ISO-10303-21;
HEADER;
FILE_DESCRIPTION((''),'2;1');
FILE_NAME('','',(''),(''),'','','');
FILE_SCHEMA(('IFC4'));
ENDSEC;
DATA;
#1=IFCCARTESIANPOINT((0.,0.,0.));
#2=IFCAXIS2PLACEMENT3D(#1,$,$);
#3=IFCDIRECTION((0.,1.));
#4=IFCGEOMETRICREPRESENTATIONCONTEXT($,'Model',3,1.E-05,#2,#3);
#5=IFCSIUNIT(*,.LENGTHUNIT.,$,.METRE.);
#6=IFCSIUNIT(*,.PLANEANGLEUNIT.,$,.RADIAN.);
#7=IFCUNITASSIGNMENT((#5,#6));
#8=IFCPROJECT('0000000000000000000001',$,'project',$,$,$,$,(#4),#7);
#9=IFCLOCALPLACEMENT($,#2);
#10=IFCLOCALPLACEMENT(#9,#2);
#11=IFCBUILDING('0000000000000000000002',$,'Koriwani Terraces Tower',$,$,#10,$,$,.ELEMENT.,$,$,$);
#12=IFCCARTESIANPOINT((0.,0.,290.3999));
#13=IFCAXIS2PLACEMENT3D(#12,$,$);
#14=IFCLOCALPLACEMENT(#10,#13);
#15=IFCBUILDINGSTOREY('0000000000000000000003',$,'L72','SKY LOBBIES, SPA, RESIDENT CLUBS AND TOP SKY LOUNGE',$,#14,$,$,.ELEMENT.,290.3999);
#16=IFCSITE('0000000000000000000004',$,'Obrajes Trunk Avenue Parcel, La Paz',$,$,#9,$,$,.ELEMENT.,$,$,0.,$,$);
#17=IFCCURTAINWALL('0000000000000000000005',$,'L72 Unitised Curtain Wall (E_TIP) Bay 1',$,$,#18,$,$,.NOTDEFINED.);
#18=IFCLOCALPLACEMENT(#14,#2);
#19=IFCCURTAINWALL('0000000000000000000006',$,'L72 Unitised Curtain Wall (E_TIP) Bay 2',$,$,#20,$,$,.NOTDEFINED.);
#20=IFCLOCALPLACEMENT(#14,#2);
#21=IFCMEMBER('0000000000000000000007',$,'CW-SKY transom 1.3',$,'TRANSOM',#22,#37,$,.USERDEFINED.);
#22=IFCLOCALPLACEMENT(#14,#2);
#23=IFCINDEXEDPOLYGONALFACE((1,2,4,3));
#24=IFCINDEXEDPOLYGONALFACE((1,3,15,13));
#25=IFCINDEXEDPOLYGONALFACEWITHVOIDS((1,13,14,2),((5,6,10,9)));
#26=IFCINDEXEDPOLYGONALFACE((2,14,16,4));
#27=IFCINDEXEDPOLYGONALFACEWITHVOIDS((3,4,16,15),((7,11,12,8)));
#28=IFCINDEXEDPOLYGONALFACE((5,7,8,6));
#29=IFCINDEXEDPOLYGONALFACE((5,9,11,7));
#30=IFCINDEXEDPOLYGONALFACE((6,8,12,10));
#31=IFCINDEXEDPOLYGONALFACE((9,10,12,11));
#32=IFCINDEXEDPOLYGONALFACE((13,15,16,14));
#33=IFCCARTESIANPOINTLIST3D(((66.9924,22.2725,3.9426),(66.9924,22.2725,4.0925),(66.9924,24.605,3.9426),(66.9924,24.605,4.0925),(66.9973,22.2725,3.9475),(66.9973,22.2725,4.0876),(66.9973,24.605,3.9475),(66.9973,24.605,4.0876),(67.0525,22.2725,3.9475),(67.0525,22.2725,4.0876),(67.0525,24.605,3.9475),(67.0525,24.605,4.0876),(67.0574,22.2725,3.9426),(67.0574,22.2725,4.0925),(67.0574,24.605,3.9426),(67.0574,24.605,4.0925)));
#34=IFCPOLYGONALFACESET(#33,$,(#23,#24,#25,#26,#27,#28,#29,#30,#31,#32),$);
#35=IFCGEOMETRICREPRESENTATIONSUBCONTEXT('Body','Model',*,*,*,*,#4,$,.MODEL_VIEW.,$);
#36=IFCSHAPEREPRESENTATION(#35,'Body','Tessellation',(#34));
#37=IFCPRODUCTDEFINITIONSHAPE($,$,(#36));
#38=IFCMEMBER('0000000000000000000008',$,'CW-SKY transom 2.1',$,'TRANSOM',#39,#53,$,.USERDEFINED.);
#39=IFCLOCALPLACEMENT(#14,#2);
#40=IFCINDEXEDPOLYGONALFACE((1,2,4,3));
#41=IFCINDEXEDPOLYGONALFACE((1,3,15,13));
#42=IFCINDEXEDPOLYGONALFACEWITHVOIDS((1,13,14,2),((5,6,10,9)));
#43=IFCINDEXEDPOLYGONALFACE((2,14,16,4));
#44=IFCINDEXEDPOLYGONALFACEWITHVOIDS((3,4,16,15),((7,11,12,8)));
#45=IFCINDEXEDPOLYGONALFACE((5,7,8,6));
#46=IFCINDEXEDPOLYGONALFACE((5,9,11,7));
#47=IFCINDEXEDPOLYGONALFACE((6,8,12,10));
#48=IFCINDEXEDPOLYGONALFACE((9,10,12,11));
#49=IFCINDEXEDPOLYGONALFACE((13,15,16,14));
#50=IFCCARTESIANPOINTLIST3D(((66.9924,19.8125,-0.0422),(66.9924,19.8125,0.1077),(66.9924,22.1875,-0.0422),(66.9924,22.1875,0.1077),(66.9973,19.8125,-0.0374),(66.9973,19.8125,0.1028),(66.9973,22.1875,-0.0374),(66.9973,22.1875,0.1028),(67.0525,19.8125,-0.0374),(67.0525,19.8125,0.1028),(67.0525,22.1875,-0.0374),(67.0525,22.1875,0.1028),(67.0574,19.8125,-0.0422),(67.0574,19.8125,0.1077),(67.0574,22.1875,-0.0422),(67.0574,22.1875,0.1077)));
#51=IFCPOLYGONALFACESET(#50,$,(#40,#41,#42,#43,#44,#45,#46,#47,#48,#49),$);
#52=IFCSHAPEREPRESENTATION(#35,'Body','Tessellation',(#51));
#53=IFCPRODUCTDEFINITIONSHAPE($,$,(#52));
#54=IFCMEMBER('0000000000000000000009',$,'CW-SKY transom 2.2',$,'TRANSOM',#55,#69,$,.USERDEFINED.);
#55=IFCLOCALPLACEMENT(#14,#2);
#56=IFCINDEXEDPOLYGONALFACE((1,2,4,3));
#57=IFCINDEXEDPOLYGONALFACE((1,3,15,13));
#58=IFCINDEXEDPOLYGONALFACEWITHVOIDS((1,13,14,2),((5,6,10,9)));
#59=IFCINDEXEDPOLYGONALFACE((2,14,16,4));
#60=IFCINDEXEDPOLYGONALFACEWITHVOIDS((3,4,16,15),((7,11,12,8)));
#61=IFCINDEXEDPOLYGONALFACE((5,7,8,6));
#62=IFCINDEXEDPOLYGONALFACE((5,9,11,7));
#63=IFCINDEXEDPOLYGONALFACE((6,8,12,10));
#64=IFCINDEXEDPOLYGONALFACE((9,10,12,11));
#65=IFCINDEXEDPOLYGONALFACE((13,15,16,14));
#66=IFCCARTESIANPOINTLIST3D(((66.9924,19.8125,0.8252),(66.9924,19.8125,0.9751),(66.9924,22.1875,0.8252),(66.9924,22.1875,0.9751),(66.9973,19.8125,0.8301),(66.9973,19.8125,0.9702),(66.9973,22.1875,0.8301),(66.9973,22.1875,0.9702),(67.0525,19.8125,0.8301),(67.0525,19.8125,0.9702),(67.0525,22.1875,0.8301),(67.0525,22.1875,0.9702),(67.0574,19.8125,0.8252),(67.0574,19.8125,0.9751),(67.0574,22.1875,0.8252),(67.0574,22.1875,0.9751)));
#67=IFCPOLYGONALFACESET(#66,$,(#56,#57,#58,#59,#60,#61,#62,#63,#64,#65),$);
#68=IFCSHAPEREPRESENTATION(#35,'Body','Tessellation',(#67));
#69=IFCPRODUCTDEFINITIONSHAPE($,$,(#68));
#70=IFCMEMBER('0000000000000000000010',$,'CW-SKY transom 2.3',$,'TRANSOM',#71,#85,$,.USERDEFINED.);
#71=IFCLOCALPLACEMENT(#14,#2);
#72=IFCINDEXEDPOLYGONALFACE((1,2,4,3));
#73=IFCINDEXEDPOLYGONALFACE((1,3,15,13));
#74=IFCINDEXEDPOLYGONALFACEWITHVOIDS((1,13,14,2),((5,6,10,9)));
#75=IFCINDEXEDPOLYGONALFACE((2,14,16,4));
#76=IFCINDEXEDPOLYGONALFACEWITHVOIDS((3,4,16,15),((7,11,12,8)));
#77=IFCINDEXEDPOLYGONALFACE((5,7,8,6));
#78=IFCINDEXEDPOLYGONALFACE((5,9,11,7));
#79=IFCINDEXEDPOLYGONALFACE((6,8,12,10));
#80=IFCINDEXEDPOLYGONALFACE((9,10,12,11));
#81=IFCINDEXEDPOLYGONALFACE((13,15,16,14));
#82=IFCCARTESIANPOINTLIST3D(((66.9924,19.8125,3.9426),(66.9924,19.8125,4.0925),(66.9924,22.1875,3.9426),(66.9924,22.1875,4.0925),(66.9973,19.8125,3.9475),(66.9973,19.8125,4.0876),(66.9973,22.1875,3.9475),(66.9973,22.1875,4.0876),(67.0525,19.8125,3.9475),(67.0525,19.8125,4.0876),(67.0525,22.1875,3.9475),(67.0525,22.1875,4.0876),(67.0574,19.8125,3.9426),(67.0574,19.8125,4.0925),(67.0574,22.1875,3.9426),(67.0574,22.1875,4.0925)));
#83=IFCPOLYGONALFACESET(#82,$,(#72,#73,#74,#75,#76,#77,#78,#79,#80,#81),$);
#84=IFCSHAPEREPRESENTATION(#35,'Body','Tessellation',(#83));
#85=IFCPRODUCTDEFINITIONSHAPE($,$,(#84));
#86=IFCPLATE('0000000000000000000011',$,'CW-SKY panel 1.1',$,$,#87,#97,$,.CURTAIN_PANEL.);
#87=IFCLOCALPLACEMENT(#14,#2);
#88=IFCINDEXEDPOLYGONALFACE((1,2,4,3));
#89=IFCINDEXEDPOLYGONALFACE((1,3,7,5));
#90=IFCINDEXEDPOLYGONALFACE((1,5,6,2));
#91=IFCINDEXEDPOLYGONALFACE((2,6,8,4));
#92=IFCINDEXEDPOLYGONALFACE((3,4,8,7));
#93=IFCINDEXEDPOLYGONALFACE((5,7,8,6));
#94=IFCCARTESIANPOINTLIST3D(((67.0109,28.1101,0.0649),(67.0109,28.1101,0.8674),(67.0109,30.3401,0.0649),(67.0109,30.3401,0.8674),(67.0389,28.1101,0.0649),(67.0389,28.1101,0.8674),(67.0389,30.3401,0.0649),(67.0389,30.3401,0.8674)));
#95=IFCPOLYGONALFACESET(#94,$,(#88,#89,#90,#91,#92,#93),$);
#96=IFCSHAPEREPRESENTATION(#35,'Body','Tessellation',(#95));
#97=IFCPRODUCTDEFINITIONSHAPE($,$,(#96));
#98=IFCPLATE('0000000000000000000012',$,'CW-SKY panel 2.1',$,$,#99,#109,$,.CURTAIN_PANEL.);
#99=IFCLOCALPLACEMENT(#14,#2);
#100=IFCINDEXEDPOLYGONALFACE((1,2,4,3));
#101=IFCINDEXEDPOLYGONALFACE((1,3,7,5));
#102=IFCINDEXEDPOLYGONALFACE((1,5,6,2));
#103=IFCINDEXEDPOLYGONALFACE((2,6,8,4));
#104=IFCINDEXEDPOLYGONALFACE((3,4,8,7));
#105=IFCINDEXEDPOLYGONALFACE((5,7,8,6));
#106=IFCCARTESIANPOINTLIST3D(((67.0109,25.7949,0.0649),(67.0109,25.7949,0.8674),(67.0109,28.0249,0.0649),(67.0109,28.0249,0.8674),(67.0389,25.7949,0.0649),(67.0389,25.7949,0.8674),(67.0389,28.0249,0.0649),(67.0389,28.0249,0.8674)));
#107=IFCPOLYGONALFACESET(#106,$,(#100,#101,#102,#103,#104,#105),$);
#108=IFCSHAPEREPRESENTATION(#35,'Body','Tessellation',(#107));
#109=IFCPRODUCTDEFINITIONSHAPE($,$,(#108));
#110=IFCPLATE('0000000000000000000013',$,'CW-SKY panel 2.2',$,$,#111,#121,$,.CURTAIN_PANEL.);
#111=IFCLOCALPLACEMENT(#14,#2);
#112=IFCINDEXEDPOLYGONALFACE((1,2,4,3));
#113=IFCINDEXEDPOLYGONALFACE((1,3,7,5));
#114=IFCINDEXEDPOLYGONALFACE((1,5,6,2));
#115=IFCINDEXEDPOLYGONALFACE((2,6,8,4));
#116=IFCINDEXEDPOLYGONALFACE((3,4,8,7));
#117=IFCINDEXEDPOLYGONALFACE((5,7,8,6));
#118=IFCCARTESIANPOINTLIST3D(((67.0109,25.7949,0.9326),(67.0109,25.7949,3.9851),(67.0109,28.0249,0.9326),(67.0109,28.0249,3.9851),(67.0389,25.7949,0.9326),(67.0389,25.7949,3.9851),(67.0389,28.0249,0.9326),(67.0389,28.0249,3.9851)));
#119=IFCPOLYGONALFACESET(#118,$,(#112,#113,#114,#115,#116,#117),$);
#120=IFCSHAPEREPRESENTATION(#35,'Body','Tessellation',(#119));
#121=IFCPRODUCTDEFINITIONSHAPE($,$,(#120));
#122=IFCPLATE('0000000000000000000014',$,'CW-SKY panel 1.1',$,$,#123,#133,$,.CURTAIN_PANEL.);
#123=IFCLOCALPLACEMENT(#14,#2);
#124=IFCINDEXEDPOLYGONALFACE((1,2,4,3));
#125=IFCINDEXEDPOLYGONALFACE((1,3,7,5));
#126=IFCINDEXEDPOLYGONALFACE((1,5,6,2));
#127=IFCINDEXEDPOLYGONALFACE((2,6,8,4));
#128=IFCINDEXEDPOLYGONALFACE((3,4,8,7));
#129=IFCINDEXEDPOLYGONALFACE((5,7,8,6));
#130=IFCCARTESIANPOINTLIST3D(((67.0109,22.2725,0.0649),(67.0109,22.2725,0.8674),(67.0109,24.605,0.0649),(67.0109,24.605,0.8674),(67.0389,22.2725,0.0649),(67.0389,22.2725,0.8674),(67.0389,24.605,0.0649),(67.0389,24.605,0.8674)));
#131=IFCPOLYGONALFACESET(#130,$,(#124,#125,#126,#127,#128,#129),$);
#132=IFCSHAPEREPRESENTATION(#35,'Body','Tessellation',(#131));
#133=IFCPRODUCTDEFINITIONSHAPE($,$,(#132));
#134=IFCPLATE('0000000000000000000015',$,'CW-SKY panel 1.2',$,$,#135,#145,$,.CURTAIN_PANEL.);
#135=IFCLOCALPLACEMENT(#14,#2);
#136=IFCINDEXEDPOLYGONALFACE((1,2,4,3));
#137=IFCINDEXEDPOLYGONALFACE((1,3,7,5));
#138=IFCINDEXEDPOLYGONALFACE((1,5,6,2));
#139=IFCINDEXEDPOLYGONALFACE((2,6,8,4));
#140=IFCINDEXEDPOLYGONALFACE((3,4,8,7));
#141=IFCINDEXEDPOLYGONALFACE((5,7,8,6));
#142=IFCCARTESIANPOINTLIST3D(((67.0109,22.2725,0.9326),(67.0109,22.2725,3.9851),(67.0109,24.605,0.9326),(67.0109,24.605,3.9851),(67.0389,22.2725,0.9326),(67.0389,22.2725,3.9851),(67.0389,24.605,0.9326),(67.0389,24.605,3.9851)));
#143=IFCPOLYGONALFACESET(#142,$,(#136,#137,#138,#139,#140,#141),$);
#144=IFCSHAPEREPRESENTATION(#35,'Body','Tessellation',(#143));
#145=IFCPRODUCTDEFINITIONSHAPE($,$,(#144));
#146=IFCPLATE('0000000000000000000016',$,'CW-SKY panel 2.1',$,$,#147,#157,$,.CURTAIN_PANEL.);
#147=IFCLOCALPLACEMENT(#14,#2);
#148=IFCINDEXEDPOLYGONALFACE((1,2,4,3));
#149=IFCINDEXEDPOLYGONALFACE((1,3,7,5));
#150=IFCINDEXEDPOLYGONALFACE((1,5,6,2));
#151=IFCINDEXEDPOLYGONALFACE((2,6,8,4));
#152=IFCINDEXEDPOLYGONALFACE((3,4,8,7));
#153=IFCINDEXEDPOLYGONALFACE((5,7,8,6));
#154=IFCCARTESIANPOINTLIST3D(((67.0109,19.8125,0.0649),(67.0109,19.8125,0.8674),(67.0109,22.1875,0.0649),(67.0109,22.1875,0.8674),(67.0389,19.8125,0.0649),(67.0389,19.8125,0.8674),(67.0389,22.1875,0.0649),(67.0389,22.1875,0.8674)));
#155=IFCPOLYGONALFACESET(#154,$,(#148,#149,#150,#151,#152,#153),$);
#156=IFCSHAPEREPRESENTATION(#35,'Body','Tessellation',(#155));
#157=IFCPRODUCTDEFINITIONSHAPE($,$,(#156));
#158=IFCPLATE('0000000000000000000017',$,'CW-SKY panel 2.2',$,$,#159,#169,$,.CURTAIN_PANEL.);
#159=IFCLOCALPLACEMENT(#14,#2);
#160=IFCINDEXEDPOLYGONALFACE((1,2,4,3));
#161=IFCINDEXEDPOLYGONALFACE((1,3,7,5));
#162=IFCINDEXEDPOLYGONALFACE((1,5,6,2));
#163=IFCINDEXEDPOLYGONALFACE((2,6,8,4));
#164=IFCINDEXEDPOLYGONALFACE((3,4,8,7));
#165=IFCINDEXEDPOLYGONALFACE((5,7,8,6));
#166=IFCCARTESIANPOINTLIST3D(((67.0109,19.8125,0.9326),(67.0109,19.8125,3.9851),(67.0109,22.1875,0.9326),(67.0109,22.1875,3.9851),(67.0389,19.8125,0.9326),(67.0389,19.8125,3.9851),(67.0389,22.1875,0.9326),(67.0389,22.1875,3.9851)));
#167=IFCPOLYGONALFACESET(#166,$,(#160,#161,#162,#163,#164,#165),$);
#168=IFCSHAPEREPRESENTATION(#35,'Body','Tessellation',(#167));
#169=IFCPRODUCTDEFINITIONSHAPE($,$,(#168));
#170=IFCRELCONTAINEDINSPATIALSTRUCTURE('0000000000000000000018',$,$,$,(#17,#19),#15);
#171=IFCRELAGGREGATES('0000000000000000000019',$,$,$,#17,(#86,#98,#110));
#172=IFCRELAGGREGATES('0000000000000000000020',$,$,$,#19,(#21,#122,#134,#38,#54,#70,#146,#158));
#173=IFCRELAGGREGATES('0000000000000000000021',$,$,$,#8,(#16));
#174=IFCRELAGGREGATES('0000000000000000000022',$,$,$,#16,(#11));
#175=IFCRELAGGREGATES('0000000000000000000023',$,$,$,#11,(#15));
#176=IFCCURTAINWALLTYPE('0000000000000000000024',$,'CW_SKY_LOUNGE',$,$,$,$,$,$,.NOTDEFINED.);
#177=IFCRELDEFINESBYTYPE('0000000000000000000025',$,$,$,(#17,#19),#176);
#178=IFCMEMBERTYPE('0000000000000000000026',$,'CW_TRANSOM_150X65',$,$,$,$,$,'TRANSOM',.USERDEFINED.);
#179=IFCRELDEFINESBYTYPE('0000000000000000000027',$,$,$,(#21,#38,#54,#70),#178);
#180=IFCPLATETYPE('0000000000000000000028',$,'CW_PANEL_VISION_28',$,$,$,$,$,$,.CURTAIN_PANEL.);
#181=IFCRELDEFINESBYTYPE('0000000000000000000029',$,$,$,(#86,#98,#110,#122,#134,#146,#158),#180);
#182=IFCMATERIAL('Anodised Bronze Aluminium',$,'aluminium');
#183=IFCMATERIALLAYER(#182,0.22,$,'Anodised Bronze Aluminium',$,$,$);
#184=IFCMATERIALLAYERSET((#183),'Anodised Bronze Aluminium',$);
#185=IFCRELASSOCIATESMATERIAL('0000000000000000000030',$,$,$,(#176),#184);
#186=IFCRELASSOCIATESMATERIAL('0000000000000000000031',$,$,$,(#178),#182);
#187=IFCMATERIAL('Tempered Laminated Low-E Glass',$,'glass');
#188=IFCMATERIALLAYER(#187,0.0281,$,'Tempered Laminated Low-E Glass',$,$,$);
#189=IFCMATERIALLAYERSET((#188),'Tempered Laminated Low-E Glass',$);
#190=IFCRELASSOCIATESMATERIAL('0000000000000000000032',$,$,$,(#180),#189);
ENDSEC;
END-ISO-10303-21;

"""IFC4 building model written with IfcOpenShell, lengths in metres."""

from ifc_helpers import new_model, si_unit, direction, frame, origin, origin_2d, place, context, subcontext, project, spatial, rectangle, hollow_rectangle, extrude, material, layer, layer_set, material_profile, profile_set, type_object, element, aggregate, save


model = new_model("IFC4")

# Units and contexts
model_context = context("Model", 3, precision=1e-05, world=origin(), true_north=direction((0.0, 1.0)))
body_context = subcontext(model_context, "Body", "Model", "MODEL_VIEW")
ifc_project = project(units=[si_unit("LENGTHUNIT", "METRE"), si_unit("PLANEANGLEUNIT", "RADIAN")], contexts=[model_context])

# Site, building, storey
site_placement = place(None, origin())
site = spatial("IfcSite", under=ifc_project, at=site_placement, Name="Obrajes Trunk Avenue Parcel, La Paz", CompositionType="ELEMENT", RefElevation=0.0)
building_placement = place(site_placement, origin())
building = spatial("IfcBuilding", under=site, at=building_placement, Name="Koriwani Terraces Tower", CompositionType="ELEMENT")
storey_placement = place(building_placement, frame((0.0, 0.0, 290.3999)))
storey = spatial("IfcBuildingStorey", under=building, at=storey_placement, Name="L72", Description="SKY LOBBIES, SPA, RESIDENT CLUBS AND TOP SKY LOUNGE", CompositionType="ELEMENT", Elevation=290.3999)

# Curtain walls
ifc_material_1 = material(Name="Anodised Bronze Aluminium", Category="aluminium")
ifc_layer_1 = layer(ifc_material_1, 0.22, Name="Anodised Bronze Aluminium")
ifc_layer_set_1 = layer_set([ifc_layer_1], Name="Anodised Bronze Aluminium")
curtain_wall_type = type_object("IfcCurtainWallType", Name="CW_SKY_LOUNGE", PredefinedType="NOTDEFINED", material=ifc_layer_set_1)
curtain_wall_1_placement = place(storey_placement, origin())
curtain_wall_1 = element("IfcCurtainWall", 1, at=curtain_wall_1_placement, inside=storey, type_object=curtain_wall_type, Name="L72 Unitised Curtain Wall (E_TIP) Bay 1", PredefinedType="NOTDEFINED")
curtain_wall_2_placement = place(storey_placement, origin())
curtain_wall_2 = element("IfcCurtainWall", 2, at=curtain_wall_2_placement, inside=storey, type_object=curtain_wall_type, Name="L72 Unitised Curtain Wall (E_TIP) Bay 2", PredefinedType="NOTDEFINED")

# Members
ifc_material_profile_1 = material_profile(ifc_material_1, hollow_rectangle(XDim=0.0649, YDim=0.1499, WallThickness=0.0049, at=origin_2d()), Name="Anodised Bronze Aluminium", Category="LoadBearing")
ifc_profile_set_1 = profile_set([ifc_material_profile_1], Name="Anodised Bronze Aluminium")
member_type_1 = type_object("IfcMemberType", Name="CW_TRANSOM_150X65", ElementType="TRANSOM", PredefinedType="USERDEFINED", material=ifc_profile_set_1)
member_1_placement = place(storey_placement, frame((67.0249, 24.605, 4.0176), z_axis=(0.0, -1.0, 0.0), x_axis=(1.0, 0.0, 0.0)))
member_1 = element("IfcMember", 3, at=member_1_placement, type_object=member_type_1, Name="CW-SKY transom 1.3", ObjectType="TRANSOM", PredefinedType="USERDEFINED", context=body_context, shape_type="SweptSolid", body=[
    extrude(hollow_rectangle(XDim=0.0649, YDim=0.1499, WallThickness=0.0049, at=origin_2d()), origin(), (0.0, 0.0, 1.0), 2.3325),
])
member_2_placement = place(storey_placement, frame((67.0249, 22.1875, 0.0327), z_axis=(0.0, -1.0, 0.0), x_axis=(1.0, 0.0, 0.0)))
member_2 = element("IfcMember", 4, at=member_2_placement, type_object=member_type_1, Name="CW-SKY transom 2.1", ObjectType="TRANSOM", PredefinedType="USERDEFINED", context=body_context, shape_type="SweptSolid", body=[
    extrude(hollow_rectangle(XDim=0.0649, YDim=0.1499, WallThickness=0.0049, at=origin_2d()), origin(), (0.0, 0.0, 1.0), 2.375),
])
member_3_placement = place(storey_placement, frame((67.0249, 22.1875, 0.9001), z_axis=(0.0, -1.0, 0.0), x_axis=(1.0, 0.0, 0.0)))
member_3 = element("IfcMember", 5, at=member_3_placement, type_object=member_type_1, Name="CW-SKY transom 2.2", ObjectType="TRANSOM", PredefinedType="USERDEFINED", context=body_context, shape_type="SweptSolid", body=[
    extrude(hollow_rectangle(XDim=0.0649, YDim=0.1499, WallThickness=0.0049, at=origin_2d()), origin(), (0.0, 0.0, 1.0), 2.375),
])
member_4_placement = place(storey_placement, frame((67.0249, 22.1875, 4.0176), z_axis=(0.0, -1.0, 0.0), x_axis=(1.0, 0.0, 0.0)))
member_4 = element("IfcMember", 6, at=member_4_placement, type_object=member_type_1, Name="CW-SKY transom 2.3", ObjectType="TRANSOM", PredefinedType="USERDEFINED", context=body_context, shape_type="SweptSolid", body=[
    extrude(hollow_rectangle(XDim=0.0649, YDim=0.1499, WallThickness=0.0049, at=origin_2d()), origin(), (0.0, 0.0, 1.0), 2.375),
])

# Plates
ifc_material_2 = material(Name="Tempered Laminated Low-E Glass", Category="glass")
ifc_layer_2 = layer(ifc_material_2, 0.0281, Name="Tempered Laminated Low-E Glass")
ifc_layer_set_2 = layer_set([ifc_layer_2], Name="Tempered Laminated Low-E Glass")
plate_type = type_object("IfcPlateType", Name="CW_PANEL_VISION_28", PredefinedType="CURTAIN_PANEL", material=ifc_layer_set_2)
plate_1_placement = place(storey_placement, frame((67.0249, 29.2251, 0.0649), z_axis=(0.0, 0.0, 1.0), x_axis=(0.0, -1.0, 0.0)))
plate_1 = element("IfcPlate", 7, at=plate_1_placement, type_object=plate_type, Name="CW-SKY panel 1.1", PredefinedType="CURTAIN_PANEL", context=body_context, shape_type="SweptSolid", body=[
    extrude(rectangle(XDim=2.23, YDim=0.0281, at=origin_2d()), origin(), (0.0, 0.0, 1.0), 0.8025),
])
plate_2_placement = place(storey_placement, frame((67.0249, 26.9099, 0.0649), z_axis=(0.0, 0.0, 1.0), x_axis=(0.0, -1.0, 0.0)))
plate_2 = element("IfcPlate", 8, at=plate_2_placement, type_object=plate_type, Name="CW-SKY panel 2.1", PredefinedType="CURTAIN_PANEL", context=body_context, shape_type="SweptSolid", body=[
    extrude(rectangle(XDim=2.23, YDim=0.0281, at=origin_2d()), origin(), (0.0, 0.0, 1.0), 0.8025),
])
plate_3_placement = place(storey_placement, frame((67.0249, 26.9099, 0.9326), z_axis=(0.0, 0.0, 1.0), x_axis=(0.0, -1.0, 0.0)))
plate_3 = element("IfcPlate", 9, at=plate_3_placement, type_object=plate_type, Name="CW-SKY panel 2.2", PredefinedType="CURTAIN_PANEL", context=body_context, shape_type="SweptSolid", body=[
    extrude(rectangle(XDim=2.23, YDim=0.0281, at=origin_2d()), origin(), (0.0, 0.0, 1.0), 3.0525),
])
aggregate(curtain_wall_1, [plate_1, plate_2, plate_3])
plate_4_placement = place(storey_placement, frame((67.0249, 23.4387, 0.0649), z_axis=(0.0, 0.0, 1.0), x_axis=(0.0, -1.0, 0.0)))
plate_4 = element("IfcPlate", 10, at=plate_4_placement, type_object=plate_type, Name="CW-SKY panel 1.1", PredefinedType="CURTAIN_PANEL", context=body_context, shape_type="SweptSolid", body=[
    extrude(rectangle(XDim=2.3325, YDim=0.0281, at=origin_2d()), origin(), (0.0, 0.0, 1.0), 0.8025),
])
plate_5_placement = place(storey_placement, frame((67.0249, 23.4387, 0.9326), z_axis=(0.0, 0.0, 1.0), x_axis=(0.0, -1.0, 0.0)))
plate_5 = element("IfcPlate", 11, at=plate_5_placement, type_object=plate_type, Name="CW-SKY panel 1.2", PredefinedType="CURTAIN_PANEL", context=body_context, shape_type="SweptSolid", body=[
    extrude(rectangle(XDim=2.3325, YDim=0.0281, at=origin_2d()), origin(), (0.0, 0.0, 1.0), 3.0525),
])
plate_6_placement = place(storey_placement, frame((67.0249, 21.0, 0.0649), z_axis=(0.0, 0.0, 1.0), x_axis=(0.0, -1.0, 0.0)))
plate_6 = element("IfcPlate", 12, at=plate_6_placement, type_object=plate_type, Name="CW-SKY panel 2.1", PredefinedType="CURTAIN_PANEL", context=body_context, shape_type="SweptSolid", body=[
    extrude(rectangle(XDim=2.375, YDim=0.0281, at=origin_2d()), origin(), (0.0, 0.0, 1.0), 0.8025),
])
plate_7_placement = place(storey_placement, frame((67.0249, 21.0, 0.9326), z_axis=(0.0, 0.0, 1.0), x_axis=(0.0, -1.0, 0.0)))
plate_7 = element("IfcPlate", 13, at=plate_7_placement, type_object=plate_type, Name="CW-SKY panel 2.2", PredefinedType="CURTAIN_PANEL", context=body_context, shape_type="SweptSolid", body=[
    extrude(rectangle(XDim=2.375, YDim=0.0281, at=origin_2d()), origin(), (0.0, 0.0, 1.0), 3.0525),
])
aggregate(curtain_wall_2, [member_1, plate_4, plate_5, member_2, member_3, member_4, plate_6, plate_7])

save(model, "model.ifc")
